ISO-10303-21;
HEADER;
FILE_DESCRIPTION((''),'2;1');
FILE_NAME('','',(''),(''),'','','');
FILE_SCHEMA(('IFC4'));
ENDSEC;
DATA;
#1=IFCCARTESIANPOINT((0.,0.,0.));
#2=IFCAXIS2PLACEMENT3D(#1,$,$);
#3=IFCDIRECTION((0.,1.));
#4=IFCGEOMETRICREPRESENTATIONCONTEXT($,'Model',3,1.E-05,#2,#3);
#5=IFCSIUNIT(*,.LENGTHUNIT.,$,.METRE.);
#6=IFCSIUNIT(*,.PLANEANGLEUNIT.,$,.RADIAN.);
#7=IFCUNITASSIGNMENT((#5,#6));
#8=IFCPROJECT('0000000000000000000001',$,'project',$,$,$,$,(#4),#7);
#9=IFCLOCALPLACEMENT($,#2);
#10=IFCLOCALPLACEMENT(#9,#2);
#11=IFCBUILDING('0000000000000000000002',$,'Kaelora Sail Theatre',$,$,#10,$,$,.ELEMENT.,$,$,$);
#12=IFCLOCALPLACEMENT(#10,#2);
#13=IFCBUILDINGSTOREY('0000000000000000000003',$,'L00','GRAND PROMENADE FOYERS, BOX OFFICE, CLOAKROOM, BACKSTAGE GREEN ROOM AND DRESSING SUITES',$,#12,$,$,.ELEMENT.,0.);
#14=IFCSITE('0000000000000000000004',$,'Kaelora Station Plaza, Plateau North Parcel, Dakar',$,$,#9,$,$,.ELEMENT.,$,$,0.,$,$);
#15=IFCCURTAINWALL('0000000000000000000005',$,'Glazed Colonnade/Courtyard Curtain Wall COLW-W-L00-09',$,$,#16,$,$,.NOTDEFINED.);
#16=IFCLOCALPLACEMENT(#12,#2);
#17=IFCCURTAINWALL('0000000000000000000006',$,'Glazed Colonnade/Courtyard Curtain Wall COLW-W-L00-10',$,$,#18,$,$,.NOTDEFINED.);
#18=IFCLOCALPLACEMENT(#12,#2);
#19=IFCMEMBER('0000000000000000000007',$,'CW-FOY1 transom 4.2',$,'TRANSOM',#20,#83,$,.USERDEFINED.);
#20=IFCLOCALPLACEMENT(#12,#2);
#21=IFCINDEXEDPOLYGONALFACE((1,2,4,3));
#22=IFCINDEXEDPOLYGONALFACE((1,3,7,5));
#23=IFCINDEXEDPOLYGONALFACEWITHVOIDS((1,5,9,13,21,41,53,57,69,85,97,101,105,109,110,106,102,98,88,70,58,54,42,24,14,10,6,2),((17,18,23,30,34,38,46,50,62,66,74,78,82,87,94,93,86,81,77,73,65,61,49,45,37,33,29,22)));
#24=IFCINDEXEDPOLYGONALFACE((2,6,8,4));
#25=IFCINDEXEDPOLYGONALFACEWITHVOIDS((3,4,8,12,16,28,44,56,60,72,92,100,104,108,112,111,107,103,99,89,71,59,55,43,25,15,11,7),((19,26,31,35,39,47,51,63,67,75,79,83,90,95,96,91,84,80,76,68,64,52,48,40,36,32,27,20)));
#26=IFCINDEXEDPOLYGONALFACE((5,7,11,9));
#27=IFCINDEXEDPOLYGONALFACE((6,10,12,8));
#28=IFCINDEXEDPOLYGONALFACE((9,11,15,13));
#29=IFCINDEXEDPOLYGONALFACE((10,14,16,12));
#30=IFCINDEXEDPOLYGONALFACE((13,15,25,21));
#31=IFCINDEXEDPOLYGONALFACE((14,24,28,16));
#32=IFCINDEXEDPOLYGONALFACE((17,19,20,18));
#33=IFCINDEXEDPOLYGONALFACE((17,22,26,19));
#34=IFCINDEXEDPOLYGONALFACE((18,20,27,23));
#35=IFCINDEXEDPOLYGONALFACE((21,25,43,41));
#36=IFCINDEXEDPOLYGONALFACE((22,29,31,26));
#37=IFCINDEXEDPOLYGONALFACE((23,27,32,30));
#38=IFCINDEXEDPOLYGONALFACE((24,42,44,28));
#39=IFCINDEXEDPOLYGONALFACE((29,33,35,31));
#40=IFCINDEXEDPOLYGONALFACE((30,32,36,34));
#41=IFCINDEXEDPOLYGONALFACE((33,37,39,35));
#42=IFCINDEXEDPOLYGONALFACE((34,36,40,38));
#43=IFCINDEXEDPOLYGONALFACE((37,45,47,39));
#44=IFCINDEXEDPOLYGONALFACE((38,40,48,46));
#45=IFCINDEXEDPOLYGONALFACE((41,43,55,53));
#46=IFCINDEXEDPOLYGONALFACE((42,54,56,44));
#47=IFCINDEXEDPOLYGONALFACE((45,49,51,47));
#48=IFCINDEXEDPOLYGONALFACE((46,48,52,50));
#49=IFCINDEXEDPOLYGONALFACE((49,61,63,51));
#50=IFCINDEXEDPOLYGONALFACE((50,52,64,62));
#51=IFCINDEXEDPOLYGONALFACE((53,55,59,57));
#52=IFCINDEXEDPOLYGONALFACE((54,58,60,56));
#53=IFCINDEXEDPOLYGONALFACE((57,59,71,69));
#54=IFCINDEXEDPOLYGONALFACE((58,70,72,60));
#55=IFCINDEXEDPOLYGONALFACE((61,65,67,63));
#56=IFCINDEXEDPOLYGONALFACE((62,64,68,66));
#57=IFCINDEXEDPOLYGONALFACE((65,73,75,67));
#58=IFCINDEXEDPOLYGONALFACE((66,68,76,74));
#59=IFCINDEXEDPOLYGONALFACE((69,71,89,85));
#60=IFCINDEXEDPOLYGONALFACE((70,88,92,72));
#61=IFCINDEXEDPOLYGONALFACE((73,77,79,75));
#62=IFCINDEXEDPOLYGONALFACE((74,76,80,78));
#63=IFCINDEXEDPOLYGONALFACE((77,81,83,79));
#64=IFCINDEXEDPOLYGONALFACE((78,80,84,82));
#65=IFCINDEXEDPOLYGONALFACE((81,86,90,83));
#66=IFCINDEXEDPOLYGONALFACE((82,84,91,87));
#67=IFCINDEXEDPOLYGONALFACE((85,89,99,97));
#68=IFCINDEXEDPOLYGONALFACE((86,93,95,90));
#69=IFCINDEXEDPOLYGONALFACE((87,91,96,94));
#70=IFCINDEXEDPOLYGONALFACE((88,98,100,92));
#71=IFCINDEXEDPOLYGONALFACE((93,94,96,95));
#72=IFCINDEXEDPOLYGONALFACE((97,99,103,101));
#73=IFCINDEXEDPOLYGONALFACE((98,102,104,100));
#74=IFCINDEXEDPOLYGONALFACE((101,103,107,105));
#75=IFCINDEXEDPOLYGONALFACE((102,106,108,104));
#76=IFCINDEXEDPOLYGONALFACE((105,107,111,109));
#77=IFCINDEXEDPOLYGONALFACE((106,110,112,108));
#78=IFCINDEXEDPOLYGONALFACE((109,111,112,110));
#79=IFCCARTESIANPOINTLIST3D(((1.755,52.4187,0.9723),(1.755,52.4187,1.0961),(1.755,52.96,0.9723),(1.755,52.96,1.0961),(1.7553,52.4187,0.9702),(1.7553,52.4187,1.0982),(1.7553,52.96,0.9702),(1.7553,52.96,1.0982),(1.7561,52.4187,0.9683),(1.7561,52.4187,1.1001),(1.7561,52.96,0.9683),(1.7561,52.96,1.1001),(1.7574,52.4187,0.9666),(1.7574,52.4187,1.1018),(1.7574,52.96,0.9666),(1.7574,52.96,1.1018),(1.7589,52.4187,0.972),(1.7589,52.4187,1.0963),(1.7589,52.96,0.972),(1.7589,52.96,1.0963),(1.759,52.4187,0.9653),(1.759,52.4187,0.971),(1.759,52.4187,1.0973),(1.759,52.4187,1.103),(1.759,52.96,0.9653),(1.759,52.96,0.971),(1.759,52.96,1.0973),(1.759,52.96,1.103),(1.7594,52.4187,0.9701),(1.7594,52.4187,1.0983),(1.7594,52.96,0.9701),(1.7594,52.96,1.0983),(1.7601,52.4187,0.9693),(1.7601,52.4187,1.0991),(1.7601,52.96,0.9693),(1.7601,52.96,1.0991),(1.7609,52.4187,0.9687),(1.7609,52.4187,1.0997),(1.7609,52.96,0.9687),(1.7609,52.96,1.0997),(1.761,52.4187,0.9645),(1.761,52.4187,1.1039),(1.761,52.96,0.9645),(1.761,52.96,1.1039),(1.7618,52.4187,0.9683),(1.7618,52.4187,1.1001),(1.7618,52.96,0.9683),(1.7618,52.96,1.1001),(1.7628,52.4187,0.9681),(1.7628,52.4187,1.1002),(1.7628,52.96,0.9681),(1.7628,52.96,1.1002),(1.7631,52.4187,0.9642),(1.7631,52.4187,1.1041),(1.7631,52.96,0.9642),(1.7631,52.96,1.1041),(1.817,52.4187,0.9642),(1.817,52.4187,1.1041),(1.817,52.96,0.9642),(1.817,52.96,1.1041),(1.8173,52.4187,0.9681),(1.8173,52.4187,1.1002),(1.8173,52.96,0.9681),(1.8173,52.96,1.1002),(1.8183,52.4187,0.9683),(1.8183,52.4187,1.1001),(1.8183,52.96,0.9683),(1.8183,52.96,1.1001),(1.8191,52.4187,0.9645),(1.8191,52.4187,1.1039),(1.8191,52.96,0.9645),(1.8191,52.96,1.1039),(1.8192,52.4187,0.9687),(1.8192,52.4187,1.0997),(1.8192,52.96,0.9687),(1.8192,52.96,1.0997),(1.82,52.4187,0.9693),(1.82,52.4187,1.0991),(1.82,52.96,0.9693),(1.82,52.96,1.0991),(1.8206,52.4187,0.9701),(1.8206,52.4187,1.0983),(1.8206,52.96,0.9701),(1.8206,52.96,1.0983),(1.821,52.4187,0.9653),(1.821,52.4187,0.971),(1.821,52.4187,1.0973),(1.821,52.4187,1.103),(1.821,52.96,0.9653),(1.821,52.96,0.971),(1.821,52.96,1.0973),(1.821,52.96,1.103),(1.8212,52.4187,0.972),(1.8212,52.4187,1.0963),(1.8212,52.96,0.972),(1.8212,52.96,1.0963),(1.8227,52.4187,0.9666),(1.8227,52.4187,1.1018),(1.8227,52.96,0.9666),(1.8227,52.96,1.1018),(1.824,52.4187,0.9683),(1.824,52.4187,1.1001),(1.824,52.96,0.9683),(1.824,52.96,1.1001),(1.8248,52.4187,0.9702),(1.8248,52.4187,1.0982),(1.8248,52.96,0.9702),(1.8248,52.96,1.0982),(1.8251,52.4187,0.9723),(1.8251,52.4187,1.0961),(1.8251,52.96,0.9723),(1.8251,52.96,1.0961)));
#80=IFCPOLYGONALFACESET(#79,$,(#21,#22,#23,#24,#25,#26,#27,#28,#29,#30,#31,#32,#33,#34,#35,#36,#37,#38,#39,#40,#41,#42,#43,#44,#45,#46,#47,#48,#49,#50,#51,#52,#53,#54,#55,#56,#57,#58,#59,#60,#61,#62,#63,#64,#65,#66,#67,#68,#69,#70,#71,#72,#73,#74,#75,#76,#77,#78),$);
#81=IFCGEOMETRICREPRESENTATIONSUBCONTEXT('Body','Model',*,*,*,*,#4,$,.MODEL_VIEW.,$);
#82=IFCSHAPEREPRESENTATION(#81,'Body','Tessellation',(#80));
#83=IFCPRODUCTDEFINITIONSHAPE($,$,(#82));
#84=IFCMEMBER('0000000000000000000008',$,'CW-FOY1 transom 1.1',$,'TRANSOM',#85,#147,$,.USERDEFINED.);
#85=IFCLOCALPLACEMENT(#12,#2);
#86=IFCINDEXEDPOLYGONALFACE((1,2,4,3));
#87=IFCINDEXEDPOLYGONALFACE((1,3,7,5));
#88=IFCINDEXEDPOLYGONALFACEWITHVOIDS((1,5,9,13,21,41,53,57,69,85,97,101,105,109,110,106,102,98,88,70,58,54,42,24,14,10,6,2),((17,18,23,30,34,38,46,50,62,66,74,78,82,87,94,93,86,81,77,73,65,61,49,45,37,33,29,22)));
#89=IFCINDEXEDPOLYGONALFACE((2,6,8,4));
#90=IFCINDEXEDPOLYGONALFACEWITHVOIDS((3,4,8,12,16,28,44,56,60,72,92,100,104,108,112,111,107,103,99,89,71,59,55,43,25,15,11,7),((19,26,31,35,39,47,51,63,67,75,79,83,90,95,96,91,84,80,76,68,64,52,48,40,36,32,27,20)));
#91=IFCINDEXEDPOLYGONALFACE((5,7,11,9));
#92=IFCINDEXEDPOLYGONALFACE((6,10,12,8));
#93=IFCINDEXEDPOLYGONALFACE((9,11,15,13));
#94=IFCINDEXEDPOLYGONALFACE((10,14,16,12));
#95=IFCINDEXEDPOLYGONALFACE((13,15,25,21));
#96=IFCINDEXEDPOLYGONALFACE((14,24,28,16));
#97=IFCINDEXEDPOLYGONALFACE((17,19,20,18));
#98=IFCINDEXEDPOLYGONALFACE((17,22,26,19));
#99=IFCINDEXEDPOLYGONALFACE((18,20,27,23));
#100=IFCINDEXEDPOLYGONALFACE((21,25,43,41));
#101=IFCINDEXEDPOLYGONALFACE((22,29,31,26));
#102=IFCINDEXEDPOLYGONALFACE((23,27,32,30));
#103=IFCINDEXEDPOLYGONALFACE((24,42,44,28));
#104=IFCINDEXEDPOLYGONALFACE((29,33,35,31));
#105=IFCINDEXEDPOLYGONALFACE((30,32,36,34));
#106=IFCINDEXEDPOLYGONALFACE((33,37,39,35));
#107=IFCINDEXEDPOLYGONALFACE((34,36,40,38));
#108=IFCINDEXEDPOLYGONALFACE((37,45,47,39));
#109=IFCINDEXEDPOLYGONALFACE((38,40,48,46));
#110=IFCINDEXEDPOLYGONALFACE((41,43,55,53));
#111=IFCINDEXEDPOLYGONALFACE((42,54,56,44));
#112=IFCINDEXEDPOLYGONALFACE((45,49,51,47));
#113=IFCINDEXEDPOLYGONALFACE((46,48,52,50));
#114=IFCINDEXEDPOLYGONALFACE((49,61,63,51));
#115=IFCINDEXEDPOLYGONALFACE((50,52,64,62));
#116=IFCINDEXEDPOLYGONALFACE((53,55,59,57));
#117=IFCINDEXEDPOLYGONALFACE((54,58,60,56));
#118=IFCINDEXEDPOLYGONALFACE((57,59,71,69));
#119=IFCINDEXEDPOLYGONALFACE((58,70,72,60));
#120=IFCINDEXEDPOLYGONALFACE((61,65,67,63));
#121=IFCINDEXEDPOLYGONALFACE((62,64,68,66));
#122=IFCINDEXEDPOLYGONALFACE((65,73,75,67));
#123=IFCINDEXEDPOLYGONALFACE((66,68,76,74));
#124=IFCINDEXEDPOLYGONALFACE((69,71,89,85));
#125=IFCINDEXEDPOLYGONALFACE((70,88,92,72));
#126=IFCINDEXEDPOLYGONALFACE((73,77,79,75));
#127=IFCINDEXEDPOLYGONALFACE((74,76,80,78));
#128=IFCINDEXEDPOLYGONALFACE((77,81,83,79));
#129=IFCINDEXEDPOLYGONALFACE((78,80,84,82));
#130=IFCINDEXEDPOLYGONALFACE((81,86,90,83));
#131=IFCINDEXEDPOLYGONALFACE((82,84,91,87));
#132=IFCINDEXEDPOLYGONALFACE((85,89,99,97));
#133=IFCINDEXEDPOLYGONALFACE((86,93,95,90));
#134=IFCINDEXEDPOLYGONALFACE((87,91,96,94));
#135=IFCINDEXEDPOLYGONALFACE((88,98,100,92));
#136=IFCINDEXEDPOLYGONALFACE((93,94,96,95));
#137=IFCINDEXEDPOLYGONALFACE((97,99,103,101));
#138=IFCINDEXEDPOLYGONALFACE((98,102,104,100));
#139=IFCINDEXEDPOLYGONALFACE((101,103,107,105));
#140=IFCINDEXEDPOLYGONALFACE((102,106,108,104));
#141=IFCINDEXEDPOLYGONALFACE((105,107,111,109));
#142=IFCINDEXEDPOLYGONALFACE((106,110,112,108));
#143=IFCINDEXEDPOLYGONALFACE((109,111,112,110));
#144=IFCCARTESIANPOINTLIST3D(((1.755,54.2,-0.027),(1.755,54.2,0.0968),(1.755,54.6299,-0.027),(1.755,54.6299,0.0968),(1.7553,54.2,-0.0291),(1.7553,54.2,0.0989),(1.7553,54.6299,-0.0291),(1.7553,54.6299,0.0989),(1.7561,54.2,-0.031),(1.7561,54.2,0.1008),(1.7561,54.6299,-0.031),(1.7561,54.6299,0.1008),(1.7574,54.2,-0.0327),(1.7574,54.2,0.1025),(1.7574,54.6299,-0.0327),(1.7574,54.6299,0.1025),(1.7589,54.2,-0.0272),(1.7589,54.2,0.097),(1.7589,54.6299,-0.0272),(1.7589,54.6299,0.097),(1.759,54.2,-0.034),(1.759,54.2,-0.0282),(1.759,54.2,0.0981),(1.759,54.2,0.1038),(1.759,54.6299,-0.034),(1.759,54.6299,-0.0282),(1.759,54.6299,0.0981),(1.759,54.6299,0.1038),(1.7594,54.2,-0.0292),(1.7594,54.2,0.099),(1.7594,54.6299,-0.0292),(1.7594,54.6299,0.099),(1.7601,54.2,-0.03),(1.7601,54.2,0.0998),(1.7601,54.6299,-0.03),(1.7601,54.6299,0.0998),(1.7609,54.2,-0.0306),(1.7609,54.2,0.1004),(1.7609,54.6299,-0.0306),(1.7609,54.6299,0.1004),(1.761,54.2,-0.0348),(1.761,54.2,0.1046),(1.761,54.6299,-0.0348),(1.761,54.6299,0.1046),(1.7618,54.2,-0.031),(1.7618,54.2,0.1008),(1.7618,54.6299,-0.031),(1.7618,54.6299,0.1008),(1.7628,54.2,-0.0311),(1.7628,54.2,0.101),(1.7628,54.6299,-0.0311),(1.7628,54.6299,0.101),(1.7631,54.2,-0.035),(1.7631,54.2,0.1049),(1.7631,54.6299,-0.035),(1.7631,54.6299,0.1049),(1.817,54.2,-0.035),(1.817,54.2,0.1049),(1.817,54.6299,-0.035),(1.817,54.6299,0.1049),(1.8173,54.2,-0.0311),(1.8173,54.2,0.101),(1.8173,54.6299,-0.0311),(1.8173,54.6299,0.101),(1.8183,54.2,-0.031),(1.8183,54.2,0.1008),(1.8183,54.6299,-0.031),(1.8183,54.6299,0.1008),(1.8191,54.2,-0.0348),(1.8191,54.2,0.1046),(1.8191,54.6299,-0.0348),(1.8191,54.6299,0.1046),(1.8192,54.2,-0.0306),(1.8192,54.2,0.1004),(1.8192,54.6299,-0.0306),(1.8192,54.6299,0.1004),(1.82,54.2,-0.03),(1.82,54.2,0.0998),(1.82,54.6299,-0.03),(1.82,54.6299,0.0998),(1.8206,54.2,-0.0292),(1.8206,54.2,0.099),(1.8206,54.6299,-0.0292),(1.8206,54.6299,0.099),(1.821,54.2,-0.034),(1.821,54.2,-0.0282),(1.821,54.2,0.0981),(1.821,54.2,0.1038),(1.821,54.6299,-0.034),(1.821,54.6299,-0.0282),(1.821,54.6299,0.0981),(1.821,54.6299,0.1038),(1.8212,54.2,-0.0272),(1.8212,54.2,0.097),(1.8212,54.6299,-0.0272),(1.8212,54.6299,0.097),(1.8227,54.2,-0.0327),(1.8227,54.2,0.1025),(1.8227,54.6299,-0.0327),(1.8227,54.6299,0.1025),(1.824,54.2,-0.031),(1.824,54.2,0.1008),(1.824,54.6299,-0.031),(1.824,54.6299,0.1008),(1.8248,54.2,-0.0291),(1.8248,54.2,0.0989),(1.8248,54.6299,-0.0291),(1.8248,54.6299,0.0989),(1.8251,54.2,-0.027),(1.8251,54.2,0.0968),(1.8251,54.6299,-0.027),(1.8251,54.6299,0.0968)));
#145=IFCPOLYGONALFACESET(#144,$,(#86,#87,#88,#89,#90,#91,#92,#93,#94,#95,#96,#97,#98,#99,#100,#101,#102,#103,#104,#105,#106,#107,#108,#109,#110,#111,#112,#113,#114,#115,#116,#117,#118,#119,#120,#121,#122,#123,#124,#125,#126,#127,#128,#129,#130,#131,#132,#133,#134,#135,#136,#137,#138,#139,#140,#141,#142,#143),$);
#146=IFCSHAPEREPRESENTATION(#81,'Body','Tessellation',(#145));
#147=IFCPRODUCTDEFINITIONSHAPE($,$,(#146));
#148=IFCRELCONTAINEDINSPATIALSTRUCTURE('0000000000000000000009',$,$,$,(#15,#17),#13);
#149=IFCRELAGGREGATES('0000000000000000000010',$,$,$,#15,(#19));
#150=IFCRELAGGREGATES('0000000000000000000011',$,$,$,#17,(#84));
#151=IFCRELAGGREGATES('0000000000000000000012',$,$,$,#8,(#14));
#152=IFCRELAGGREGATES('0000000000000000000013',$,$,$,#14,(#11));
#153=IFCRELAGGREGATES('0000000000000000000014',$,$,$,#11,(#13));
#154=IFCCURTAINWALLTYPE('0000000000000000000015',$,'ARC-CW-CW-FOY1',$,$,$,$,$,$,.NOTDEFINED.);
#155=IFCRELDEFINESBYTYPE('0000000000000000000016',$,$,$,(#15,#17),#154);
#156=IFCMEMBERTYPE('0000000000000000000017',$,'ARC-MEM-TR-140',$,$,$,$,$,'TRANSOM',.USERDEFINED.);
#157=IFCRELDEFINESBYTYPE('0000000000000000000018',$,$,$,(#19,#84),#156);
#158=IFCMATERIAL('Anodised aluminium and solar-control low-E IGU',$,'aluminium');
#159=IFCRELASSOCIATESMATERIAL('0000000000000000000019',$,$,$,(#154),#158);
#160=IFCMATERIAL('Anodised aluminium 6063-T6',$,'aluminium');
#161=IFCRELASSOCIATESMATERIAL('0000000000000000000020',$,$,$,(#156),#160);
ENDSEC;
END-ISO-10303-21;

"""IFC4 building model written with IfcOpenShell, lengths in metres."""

from ifc_helpers import new_model, si_unit, direction, frame, origin, origin_2d, place, context, subcontext, project, spatial, hollow_rectangle, extrude, material, material_profile, profile_set, type_object, element, aggregate, save


model = new_model("IFC4")

# Units and contexts
model_context = context("Model", 3, precision=1e-05, world=origin(), true_north=direction((0.0, 1.0)))
body_context = subcontext(model_context, "Body", "Model", "MODEL_VIEW")
ifc_project = project(units=[si_unit("LENGTHUNIT", "METRE"), si_unit("PLANEANGLEUNIT", "RADIAN")], contexts=[model_context])

# Site, building, storey
site_placement = place(None, origin())
site = spatial("IfcSite", under=ifc_project, at=site_placement, Name="Kaelora Station Plaza, Plateau North Parcel, Dakar", CompositionType="ELEMENT", RefElevation=0.0)
building_placement = place(site_placement, origin())
building = spatial("IfcBuilding", under=site, at=building_placement, Name="Kaelora Sail Theatre", CompositionType="ELEMENT")
storey_placement = place(building_placement, origin())
storey = spatial("IfcBuildingStorey", under=building, at=storey_placement, Name="L00", Description="GRAND PROMENADE FOYERS, BOX OFFICE, CLOAKROOM, BACKSTAGE GREEN ROOM AND DRESSING SUITES", CompositionType="ELEMENT", Elevation=0.0)

# Curtain walls
ifc_material_1 = material(Name="Anodised aluminium and solar-control low-E IGU", Category="aluminium")
curtain_wall_type = type_object("IfcCurtainWallType", Name="ARC-CW-CW-FOY1", PredefinedType="NOTDEFINED", material=ifc_material_1)
curtain_wall_1_placement = place(storey_placement, origin())
curtain_wall_1 = element("IfcCurtainWall", 1, at=curtain_wall_1_placement, inside=storey, type_object=curtain_wall_type, Name="Glazed Colonnade/Courtyard Curtain Wall COLW-W-L00-09", PredefinedType="NOTDEFINED")
curtain_wall_2_placement = place(storey_placement, origin())
curtain_wall_2 = element("IfcCurtainWall", 2, at=curtain_wall_2_placement, inside=storey, type_object=curtain_wall_type, Name="Glazed Colonnade/Courtyard Curtain Wall COLW-W-L00-10", PredefinedType="NOTDEFINED")

# Members
ifc_material_2 = material(Name="Anodised aluminium 6063-T6", Category="aluminium")
ifc_material_profile_1 = material_profile(ifc_material_2, hollow_rectangle(XDim=0.0701, YDim=0.1399, WallThickness=0.0039, InnerFilletRadius=0.0039, OuterFilletRadius=0.0081, at=origin_2d()), Name="ALU-TRAN 70x140x4")
ifc_profile_set_1 = profile_set([ifc_material_profile_1], Name="Anodised aluminium 6063-T6")
member_type_1 = type_object("IfcMemberType", Name="ARC-MEM-TR-140", ElementType="TRANSOM", PredefinedType="USERDEFINED", material=ifc_profile_set_1)
member_1_placement = place(storey_placement, frame((1.79, 52.4187, 1.0342), z_axis=(0.0, 1.0, 0.0), x_axis=(-1.0, 0.0, 0.0)))
member_1 = element("IfcMember", 3, at=member_1_placement, type_object=member_type_1, Name="CW-FOY1 transom 4.2", ObjectType="TRANSOM", PredefinedType="USERDEFINED", context=body_context, shape_type="SweptSolid", body=[
    extrude(hollow_rectangle(XDim=0.0701, YDim=0.1399, WallThickness=0.0039, InnerFilletRadius=0.0039, OuterFilletRadius=0.0081, at=origin_2d()), origin(), (0.0, 0.0, 1.0), 0.5413),
])
member_2_placement = place(storey_placement, frame((1.79, 54.2, 0.0349), z_axis=(0.0, 1.0, 0.0), x_axis=(-1.0, 0.0, 0.0)))
member_2 = element("IfcMember", 4, at=member_2_placement, type_object=member_type_1, Name="CW-FOY1 transom 1.1", ObjectType="TRANSOM", PredefinedType="USERDEFINED", context=body_context, shape_type="SweptSolid", body=[
    extrude(hollow_rectangle(XDim=0.0701, YDim=0.1399, WallThickness=0.0039, InnerFilletRadius=0.0039, OuterFilletRadius=0.0081, at=origin_2d()), origin(), (0.0, 0.0, 1.0), 0.4299),
])

aggregate(curtain_wall_1, [member_1])
aggregate(curtain_wall_2, [member_2])

save(model, "model.ifc")
